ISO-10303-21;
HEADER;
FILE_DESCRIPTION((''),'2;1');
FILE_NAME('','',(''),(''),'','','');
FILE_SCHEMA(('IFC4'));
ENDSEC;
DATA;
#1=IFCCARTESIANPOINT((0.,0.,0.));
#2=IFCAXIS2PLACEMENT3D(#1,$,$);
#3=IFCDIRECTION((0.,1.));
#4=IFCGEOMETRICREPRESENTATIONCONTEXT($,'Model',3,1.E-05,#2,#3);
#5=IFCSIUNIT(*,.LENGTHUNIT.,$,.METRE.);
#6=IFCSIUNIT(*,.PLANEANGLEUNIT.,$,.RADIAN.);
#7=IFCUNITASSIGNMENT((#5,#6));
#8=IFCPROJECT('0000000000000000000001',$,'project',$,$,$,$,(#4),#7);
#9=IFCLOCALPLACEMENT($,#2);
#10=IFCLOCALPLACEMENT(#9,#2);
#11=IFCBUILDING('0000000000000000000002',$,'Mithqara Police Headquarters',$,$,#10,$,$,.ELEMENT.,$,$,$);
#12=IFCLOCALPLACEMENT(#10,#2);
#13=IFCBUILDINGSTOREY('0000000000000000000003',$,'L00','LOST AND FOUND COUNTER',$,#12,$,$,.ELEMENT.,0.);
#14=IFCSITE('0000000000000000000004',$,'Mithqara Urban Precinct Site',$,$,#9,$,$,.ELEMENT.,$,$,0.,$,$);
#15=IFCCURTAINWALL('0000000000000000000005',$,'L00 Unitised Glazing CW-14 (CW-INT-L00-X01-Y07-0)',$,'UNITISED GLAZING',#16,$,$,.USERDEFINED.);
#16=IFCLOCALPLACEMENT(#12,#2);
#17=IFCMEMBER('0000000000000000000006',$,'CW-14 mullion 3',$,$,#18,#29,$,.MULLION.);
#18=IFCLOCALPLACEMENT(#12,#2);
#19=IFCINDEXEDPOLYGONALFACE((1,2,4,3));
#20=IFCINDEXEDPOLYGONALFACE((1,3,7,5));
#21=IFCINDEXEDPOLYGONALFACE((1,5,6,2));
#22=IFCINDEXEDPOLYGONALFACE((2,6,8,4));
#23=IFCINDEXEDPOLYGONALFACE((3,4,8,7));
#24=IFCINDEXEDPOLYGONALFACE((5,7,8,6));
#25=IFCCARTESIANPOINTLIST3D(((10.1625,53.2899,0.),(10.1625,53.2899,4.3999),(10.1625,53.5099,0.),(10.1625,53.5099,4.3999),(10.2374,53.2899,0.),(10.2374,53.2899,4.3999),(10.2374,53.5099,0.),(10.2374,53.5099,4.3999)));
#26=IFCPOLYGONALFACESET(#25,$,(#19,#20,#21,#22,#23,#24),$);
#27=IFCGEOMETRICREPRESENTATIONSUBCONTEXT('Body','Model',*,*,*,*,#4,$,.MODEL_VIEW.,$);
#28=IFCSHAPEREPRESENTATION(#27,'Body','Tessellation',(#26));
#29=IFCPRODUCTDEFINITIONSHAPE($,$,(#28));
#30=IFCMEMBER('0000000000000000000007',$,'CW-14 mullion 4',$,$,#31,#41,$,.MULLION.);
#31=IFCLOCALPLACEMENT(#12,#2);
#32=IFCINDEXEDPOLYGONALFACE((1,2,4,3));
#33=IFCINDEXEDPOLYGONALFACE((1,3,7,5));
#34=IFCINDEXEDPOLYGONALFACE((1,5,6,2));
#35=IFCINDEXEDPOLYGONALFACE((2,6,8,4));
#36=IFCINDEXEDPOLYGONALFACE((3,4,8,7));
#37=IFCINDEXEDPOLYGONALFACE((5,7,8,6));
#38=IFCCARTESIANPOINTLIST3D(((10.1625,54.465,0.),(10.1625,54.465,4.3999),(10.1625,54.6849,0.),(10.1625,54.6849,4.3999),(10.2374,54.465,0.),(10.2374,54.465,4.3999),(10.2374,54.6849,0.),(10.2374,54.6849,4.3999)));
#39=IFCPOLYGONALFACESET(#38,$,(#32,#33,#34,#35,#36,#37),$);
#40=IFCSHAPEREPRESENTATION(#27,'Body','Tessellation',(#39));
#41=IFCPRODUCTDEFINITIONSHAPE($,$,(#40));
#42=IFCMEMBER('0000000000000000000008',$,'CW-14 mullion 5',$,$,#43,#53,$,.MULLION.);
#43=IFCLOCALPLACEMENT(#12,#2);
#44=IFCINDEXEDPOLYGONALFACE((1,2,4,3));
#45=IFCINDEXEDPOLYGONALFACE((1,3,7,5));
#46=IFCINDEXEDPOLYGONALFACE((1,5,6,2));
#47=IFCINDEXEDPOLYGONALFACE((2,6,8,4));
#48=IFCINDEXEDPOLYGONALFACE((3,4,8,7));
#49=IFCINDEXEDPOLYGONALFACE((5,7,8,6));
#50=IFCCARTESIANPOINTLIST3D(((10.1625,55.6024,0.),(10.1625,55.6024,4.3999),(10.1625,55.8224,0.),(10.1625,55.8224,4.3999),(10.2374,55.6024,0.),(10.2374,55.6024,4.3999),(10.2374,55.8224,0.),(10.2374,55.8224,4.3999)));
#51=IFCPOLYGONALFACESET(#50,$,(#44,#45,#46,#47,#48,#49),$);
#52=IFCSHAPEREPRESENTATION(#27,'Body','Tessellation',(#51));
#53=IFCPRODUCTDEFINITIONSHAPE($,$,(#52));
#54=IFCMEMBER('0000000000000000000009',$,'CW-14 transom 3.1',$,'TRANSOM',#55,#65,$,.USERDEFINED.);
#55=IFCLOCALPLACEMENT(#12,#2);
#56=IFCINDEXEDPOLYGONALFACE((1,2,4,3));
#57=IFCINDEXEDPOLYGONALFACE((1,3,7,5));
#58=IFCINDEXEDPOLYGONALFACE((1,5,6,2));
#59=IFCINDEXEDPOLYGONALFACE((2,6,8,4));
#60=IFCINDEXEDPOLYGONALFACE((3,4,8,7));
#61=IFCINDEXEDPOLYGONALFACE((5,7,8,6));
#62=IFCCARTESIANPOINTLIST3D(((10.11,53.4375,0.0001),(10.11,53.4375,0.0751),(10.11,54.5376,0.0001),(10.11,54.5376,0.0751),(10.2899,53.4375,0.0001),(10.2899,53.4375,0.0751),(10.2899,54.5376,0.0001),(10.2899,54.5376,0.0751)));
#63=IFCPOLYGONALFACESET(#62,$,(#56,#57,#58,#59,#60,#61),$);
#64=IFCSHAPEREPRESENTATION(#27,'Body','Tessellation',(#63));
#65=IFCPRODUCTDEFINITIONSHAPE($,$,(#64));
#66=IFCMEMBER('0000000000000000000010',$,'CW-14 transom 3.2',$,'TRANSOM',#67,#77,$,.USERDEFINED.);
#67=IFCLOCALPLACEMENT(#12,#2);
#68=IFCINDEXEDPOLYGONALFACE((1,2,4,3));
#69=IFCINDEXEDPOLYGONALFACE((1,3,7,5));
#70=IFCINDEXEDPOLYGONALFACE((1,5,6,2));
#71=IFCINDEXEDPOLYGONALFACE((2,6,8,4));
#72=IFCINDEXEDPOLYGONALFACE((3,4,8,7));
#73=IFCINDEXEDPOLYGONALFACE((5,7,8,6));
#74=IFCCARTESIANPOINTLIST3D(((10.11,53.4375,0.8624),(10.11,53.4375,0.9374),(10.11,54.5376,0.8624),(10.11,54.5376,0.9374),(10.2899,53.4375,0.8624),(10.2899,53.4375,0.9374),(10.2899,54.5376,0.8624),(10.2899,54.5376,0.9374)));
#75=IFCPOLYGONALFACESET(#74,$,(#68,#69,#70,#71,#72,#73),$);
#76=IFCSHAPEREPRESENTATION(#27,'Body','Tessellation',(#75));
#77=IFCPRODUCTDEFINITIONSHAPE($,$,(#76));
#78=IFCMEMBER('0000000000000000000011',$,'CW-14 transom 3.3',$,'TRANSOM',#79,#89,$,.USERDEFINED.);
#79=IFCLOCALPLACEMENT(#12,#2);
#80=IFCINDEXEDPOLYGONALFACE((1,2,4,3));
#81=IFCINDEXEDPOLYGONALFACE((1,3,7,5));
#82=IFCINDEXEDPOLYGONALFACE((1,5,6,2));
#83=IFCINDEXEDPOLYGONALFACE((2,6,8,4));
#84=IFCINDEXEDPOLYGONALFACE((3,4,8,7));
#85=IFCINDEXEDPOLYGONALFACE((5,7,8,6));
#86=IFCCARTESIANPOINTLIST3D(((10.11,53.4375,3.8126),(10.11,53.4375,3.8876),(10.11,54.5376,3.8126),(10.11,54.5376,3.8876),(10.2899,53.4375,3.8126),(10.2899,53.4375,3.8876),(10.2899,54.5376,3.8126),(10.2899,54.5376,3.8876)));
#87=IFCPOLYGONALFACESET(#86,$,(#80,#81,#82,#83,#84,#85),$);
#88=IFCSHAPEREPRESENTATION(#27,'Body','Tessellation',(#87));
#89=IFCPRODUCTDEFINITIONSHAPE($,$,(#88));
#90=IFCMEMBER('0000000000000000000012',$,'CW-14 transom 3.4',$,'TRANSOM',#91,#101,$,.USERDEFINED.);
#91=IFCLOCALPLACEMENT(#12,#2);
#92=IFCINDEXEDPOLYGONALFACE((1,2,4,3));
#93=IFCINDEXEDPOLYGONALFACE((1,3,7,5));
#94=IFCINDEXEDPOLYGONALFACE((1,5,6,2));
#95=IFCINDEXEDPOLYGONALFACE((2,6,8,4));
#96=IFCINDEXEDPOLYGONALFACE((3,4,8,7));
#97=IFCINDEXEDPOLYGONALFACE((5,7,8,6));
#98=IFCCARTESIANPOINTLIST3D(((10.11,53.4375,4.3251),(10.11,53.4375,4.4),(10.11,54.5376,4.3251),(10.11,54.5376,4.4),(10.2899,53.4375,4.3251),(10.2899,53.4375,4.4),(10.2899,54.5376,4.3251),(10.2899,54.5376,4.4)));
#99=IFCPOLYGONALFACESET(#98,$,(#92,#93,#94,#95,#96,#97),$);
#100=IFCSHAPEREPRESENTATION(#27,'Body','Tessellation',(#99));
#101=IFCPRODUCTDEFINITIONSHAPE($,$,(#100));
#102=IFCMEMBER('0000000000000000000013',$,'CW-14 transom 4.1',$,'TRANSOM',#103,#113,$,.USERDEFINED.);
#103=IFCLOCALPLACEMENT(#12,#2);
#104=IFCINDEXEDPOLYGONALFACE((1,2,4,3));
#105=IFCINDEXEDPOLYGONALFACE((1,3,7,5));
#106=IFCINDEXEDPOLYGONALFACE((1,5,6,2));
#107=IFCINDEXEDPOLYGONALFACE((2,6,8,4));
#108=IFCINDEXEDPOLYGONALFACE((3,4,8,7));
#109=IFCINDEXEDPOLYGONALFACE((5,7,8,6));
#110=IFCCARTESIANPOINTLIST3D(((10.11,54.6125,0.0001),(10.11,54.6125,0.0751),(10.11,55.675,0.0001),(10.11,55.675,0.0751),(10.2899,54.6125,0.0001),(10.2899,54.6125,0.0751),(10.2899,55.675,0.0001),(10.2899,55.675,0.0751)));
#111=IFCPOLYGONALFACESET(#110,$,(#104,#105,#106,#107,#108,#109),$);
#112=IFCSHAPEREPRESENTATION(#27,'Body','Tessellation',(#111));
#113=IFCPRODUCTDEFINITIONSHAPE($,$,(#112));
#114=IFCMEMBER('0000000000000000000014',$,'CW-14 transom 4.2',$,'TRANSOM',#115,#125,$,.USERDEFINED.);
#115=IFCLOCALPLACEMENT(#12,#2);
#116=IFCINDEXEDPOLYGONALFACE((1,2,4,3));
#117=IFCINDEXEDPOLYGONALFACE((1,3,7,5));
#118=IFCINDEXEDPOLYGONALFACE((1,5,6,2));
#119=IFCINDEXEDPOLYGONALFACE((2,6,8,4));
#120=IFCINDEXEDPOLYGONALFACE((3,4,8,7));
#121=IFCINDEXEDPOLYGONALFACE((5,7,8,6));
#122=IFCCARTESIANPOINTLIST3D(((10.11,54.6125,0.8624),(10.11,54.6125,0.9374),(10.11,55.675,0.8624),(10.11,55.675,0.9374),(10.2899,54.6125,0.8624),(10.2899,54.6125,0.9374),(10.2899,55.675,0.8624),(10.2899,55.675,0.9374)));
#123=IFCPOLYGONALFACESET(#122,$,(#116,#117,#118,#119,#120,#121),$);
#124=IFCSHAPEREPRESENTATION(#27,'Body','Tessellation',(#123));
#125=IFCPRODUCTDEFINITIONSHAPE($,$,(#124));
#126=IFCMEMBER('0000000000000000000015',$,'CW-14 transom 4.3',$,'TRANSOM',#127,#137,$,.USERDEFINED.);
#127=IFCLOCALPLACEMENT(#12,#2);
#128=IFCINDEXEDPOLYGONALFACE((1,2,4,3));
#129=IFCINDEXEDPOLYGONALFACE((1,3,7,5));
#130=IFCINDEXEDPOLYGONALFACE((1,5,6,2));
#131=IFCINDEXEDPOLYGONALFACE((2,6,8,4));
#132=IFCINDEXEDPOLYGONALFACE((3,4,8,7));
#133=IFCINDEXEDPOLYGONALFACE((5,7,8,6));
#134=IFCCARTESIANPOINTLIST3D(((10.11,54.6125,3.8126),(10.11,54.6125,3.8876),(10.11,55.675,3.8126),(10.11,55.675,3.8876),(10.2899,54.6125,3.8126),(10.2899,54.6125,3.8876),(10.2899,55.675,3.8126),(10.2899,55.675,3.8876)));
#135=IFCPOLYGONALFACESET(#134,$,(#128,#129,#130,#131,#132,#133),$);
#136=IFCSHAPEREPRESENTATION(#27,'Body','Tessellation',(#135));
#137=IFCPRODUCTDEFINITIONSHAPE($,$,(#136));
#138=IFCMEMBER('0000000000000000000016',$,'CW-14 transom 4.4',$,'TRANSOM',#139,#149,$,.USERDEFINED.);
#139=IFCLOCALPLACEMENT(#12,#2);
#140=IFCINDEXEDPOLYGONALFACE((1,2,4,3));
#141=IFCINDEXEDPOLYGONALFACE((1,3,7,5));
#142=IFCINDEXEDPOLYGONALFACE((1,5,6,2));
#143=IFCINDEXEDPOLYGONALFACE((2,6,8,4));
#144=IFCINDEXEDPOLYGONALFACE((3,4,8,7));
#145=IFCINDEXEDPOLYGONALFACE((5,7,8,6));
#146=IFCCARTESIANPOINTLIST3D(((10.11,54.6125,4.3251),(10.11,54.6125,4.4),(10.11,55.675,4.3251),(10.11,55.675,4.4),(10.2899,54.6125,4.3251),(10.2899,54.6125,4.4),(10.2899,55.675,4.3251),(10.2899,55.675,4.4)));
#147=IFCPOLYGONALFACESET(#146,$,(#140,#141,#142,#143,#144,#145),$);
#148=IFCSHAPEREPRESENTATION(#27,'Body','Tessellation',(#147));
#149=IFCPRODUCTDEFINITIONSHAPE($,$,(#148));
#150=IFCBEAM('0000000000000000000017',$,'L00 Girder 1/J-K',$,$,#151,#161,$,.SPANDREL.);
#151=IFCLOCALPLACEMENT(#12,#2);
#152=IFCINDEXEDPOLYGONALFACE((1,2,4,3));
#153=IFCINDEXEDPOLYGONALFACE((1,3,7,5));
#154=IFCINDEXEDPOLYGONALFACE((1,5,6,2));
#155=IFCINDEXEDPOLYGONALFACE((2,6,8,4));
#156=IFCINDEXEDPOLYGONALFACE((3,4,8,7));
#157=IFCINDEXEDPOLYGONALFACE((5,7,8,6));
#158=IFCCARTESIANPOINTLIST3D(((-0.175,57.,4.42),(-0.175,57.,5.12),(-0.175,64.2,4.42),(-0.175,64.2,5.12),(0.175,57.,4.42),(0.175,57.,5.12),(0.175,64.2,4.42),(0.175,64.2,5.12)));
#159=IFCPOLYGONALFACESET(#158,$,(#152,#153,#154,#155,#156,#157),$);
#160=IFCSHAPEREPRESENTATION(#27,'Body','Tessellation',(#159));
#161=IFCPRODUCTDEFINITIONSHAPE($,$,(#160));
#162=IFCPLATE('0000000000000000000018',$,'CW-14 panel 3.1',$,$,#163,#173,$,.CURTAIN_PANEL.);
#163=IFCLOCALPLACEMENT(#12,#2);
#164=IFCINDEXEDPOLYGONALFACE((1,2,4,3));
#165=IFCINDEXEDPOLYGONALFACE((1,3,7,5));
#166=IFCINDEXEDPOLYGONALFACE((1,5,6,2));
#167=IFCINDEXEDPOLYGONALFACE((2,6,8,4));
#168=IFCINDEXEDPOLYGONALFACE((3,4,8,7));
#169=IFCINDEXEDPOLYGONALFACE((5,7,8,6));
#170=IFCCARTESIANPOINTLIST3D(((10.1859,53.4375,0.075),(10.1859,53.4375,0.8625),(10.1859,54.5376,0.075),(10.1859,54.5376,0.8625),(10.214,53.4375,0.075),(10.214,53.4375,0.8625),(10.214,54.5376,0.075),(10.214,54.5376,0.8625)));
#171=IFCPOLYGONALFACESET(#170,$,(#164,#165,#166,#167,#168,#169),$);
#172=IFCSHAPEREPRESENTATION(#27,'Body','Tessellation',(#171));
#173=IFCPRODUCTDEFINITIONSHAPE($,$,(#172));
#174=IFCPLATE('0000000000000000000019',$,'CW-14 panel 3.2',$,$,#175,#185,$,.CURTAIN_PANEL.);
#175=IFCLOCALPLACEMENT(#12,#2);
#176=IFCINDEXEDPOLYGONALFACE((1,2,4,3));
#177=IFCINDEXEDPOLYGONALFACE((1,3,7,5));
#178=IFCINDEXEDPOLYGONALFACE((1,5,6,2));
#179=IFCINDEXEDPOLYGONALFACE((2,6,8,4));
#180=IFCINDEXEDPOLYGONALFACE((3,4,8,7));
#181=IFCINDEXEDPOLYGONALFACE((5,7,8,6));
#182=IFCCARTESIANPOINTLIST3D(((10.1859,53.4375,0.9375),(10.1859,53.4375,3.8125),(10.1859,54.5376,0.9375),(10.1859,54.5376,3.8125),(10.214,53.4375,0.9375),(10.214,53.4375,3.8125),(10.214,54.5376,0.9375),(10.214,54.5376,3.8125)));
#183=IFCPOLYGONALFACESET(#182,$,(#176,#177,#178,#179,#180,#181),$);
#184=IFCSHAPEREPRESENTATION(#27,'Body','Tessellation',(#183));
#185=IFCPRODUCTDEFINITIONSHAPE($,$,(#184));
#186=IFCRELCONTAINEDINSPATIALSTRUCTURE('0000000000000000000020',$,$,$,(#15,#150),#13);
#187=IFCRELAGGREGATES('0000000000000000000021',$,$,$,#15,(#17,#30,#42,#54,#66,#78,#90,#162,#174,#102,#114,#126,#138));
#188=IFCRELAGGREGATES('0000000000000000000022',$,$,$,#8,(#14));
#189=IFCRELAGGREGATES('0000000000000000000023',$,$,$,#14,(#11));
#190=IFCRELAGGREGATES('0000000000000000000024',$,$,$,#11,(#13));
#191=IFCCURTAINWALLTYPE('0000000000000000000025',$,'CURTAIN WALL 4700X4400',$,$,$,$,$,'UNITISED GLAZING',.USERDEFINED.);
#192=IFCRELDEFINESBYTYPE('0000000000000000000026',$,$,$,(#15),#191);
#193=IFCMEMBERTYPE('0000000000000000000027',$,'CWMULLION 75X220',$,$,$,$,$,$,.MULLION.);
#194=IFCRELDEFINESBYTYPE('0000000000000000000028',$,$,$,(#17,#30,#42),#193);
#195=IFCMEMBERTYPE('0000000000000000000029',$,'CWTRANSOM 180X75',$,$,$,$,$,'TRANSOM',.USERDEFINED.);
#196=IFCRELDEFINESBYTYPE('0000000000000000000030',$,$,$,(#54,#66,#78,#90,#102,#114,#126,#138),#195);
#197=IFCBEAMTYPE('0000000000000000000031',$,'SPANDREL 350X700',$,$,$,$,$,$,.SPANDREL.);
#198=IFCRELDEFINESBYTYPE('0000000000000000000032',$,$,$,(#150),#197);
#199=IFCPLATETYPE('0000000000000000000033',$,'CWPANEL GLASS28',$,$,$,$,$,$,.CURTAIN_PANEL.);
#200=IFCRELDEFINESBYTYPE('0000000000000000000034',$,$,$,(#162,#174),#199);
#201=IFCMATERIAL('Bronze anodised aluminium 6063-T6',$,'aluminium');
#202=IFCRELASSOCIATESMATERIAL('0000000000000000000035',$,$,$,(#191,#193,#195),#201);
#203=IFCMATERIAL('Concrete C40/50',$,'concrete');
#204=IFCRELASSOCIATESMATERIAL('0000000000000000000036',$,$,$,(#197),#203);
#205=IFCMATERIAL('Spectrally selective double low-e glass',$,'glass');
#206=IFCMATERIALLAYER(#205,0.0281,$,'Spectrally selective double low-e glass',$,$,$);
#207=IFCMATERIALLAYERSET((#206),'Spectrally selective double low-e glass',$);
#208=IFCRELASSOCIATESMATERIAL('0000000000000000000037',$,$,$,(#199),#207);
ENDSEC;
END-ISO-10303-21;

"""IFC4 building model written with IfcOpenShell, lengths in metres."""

from ifc_helpers import new_model, si_unit, direction, frame, origin, origin_2d, place, context, subcontext, project, spatial, rectangle, extrude, material, layer, layer_set, material_profile, profile_set, type_object, element, aggregate, save


model = new_model("IFC4")

# Units and contexts
model_context = context("Model", 3, precision=1e-05, world=origin(), true_north=direction((0.0, 1.0)))
body_context = subcontext(model_context, "Body", "Model", "MODEL_VIEW")
ifc_project = project(units=[si_unit("LENGTHUNIT", "METRE"), si_unit("PLANEANGLEUNIT", "RADIAN")], contexts=[model_context])

# Site, building, storey
site_placement = place(None, origin())
site = spatial("IfcSite", under=ifc_project, at=site_placement, Name="Mithqara Urban Precinct Site", CompositionType="ELEMENT", RefElevation=0.0)
building_placement = place(site_placement, origin())
building = spatial("IfcBuilding", under=site, at=building_placement, Name="Mithqara Police Headquarters", CompositionType="ELEMENT")
storey_placement = place(building_placement, origin())
storey = spatial("IfcBuildingStorey", under=building, at=storey_placement, Name="L00", Description="LOST AND FOUND COUNTER", CompositionType="ELEMENT", Elevation=0.0)

# Shared definitions
ifc_material_1 = material(Name="Concrete C40/50", Category="concrete")

# Curtain wall, members
ifc_material_2 = material(Name="Bronze anodised aluminium 6063-T6", Category="aluminium")
curtain_wall_type = type_object("IfcCurtainWallType", Name="CURTAIN WALL 4700X4400", ElementType="UNITISED GLAZING", PredefinedType="USERDEFINED", material=ifc_material_2)
curtain_wall_placement = place(storey_placement, origin())
curtain_wall = element("IfcCurtainWall", 1, at=curtain_wall_placement, inside=storey, type_object=curtain_wall_type, Name="L00 Unitised Glazing CW-14 (CW-INT-L00-X01-Y07-0)", ObjectType="UNITISED GLAZING", PredefinedType="USERDEFINED")
ifc_material_profile_1 = material_profile(ifc_material_2, rectangle(XDim=0.075, YDim=0.22, at=origin_2d()), Name="CWM 75x220")
ifc_profile_set_1 = profile_set([ifc_material_profile_1], Name="Bronze anodised aluminium 6063-T6")
member_type_1 = type_object("IfcMemberType", Name="CWMULLION 75X220", PredefinedType="MULLION", material=ifc_profile_set_1)
member_1_placement = place(storey_placement, frame((10.2, 53.3999, 0.0), z_axis=(0.0, 0.0, 1.0), x_axis=(-1.0, 0.0, 0.0)))
member_1 = element("IfcMember", 2, at=member_1_placement, type_object=member_type_1, Name="CW-14 mullion 3", PredefinedType="MULLION", context=body_context, shape_type="SweptSolid", body=[
    extrude(rectangle(XDim=0.075, YDim=0.22, at=origin_2d()), origin(), (0.0, 0.0, 1.0), 4.3999),
])
member_2_placement = place(storey_placement, frame((10.2, 54.575, 0.0), z_axis=(0.0, 0.0, 1.0), x_axis=(-1.0, 0.0, 0.0)))
member_2 = element("IfcMember", 3, at=member_2_placement, type_object=member_type_1, Name="CW-14 mullion 4", PredefinedType="MULLION", context=body_context, shape_type="SweptSolid", body=[
    extrude(rectangle(XDim=0.075, YDim=0.22, at=origin_2d()), origin(), (0.0, 0.0, 1.0), 4.3999),
])
member_3_placement = place(storey_placement, frame((10.2, 55.7124, 0.0), z_axis=(0.0, 0.0, 1.0), x_axis=(-1.0, 0.0, 0.0)))
member_3 = element("IfcMember", 4, at=member_3_placement, type_object=member_type_1, Name="CW-14 mullion 5", PredefinedType="MULLION", context=body_context, shape_type="SweptSolid", body=[
    extrude(rectangle(XDim=0.075, YDim=0.22, at=origin_2d()), origin(), (0.0, 0.0, 1.0), 4.3999),
])
ifc_material_profile_2 = material_profile(ifc_material_2, rectangle(XDim=0.1799, YDim=0.075, at=origin_2d()), Name="CWT 180x75")
ifc_profile_set_2 = profile_set([ifc_material_profile_2], Name="Bronze anodised aluminium 6063-T6")
member_type_2 = type_object("IfcMemberType", Name="CWTRANSOM 180X75", ElementType="TRANSOM", PredefinedType="USERDEFINED", material=ifc_profile_set_2)
member_4_placement = place(storey_placement, frame((10.2, 53.4375, 0.0376), z_axis=(0.0, 1.0, 0.0), x_axis=(-1.0, 0.0, 0.0)))
member_4 = element("IfcMember", 5, at=member_4_placement, type_object=member_type_2, Name="CW-14 transom 3.1", ObjectType="TRANSOM", PredefinedType="USERDEFINED", context=body_context, shape_type="SweptSolid", body=[
    extrude(rectangle(XDim=0.1799, YDim=0.075, at=origin_2d()), origin(), (0.0, 0.0, 1.0), 1.1001),
])
member_5_placement = place(storey_placement, frame((10.2, 53.4375, 0.8999), z_axis=(0.0, 1.0, 0.0), x_axis=(-1.0, 0.0, 0.0)))
member_5 = element("IfcMember", 6, at=member_5_placement, type_object=member_type_2, Name="CW-14 transom 3.2", ObjectType="TRANSOM", PredefinedType="USERDEFINED", context=body_context, shape_type="SweptSolid", body=[
    extrude(rectangle(XDim=0.1799, YDim=0.075, at=origin_2d()), origin(), (0.0, 0.0, 1.0), 1.1001),
])
member_6_placement = place(storey_placement, frame((10.2, 53.4375, 3.8501), z_axis=(0.0, 1.0, 0.0), x_axis=(-1.0, 0.0, 0.0)))
member_6 = element("IfcMember", 7, at=member_6_placement, type_object=member_type_2, Name="CW-14 transom 3.3", ObjectType="TRANSOM", PredefinedType="USERDEFINED", context=body_context, shape_type="SweptSolid", body=[
    extrude(rectangle(XDim=0.1799, YDim=0.075, at=origin_2d()), origin(), (0.0, 0.0, 1.0), 1.1001),
])
member_7_placement = place(storey_placement, frame((10.2, 53.4375, 4.3625), z_axis=(0.0, 1.0, 0.0), x_axis=(-1.0, 0.0, 0.0)))
member_7 = element("IfcMember", 8, at=member_7_placement, type_object=member_type_2, Name="CW-14 transom 3.4", ObjectType="TRANSOM", PredefinedType="USERDEFINED", context=body_context, shape_type="SweptSolid", body=[
    extrude(rectangle(XDim=0.1799, YDim=0.075, at=origin_2d()), origin(), (0.0, 0.0, 1.0), 1.1001),
])
member_8_placement = place(storey_placement, frame((10.2, 54.6125, 0.0376), z_axis=(0.0, 1.0, 0.0), x_axis=(-1.0, 0.0, 0.0)))
member_8 = element("IfcMember", 9, at=member_8_placement, type_object=member_type_2, Name="CW-14 transom 4.1", ObjectType="TRANSOM", PredefinedType="USERDEFINED", context=body_context, shape_type="SweptSolid", body=[
    extrude(rectangle(XDim=0.1799, YDim=0.075, at=origin_2d()), origin(), (0.0, 0.0, 1.0), 1.0625),
])
member_9_placement = place(storey_placement, frame((10.2, 54.6125, 0.8999), z_axis=(0.0, 1.0, 0.0), x_axis=(-1.0, 0.0, 0.0)))
member_9 = element("IfcMember", 10, at=member_9_placement, type_object=member_type_2, Name="CW-14 transom 4.2", ObjectType="TRANSOM", PredefinedType="USERDEFINED", context=body_context, shape_type="SweptSolid", body=[
    extrude(rectangle(XDim=0.1799, YDim=0.075, at=origin_2d()), origin(), (0.0, 0.0, 1.0), 1.0625),
])
member_10_placement = place(storey_placement, frame((10.2, 54.6125, 3.8501), z_axis=(0.0, 1.0, 0.0), x_axis=(-1.0, 0.0, 0.0)))
member_10 = element("IfcMember", 11, at=member_10_placement, type_object=member_type_2, Name="CW-14 transom 4.3", ObjectType="TRANSOM", PredefinedType="USERDEFINED", context=body_context, shape_type="SweptSolid", body=[
    extrude(rectangle(XDim=0.1799, YDim=0.075, at=origin_2d()), origin(), (0.0, 0.0, 1.0), 1.0625),
])
member_11_placement = place(storey_placement, frame((10.2, 54.6125, 4.3625), z_axis=(0.0, 1.0, 0.0), x_axis=(-1.0, 0.0, 0.0)))
member_11 = element("IfcMember", 12, at=member_11_placement, type_object=member_type_2, Name="CW-14 transom 4.4", ObjectType="TRANSOM", PredefinedType="USERDEFINED", context=body_context, shape_type="SweptSolid", body=[
    extrude(rectangle(XDim=0.1799, YDim=0.075, at=origin_2d()), origin(), (0.0, 0.0, 1.0), 1.0625),
])

# Beam
ifc_material_profile_3 = material_profile(ifc_material_1, rectangle(XDim=0.3501, YDim=0.7, at=origin_2d()), Name="SPB 350x700")
ifc_profile_set_3 = profile_set([ifc_material_profile_3], Name="Concrete C40/50")
beam_type_1 = type_object("IfcBeamType", Name="SPANDREL 350X700", PredefinedType="SPANDREL", material=ifc_profile_set_3)
beam_1_placement = place(storey_placement, frame((0.0, 57.0, 4.77), z_axis=(0.0, 1.0, 0.0), x_axis=(-1.0, 0.0, 0.0)))
element("IfcBeam", 13, at=beam_1_placement, inside=storey, type_object=beam_type_1, Name="L00 Girder 1/J-K", PredefinedType="SPANDREL", context=body_context, shape_type="SweptSolid", body=[
    extrude(rectangle(XDim=0.3501, YDim=0.7, at=origin_2d()), origin(), (0.0, 0.0, 1.0), 7.2),
])

# Plates
ifc_material_3 = material(Name="Spectrally selective double low-e glass", Category="glass")
ifc_layer_1 = layer(ifc_material_3, 0.0281, Name="Spectrally selective double low-e glass")
ifc_layer_set_1 = layer_set([ifc_layer_1], Name="Spectrally selective double low-e glass")
plate_type = type_object("IfcPlateType", Name="CWPANEL GLASS28", PredefinedType="CURTAIN_PANEL", material=ifc_layer_set_1)
plate_1_placement = place(storey_placement, frame((10.2, 53.9875, 0.075), z_axis=(0.0, 0.0, 1.0), x_axis=(0.0, 1.0, 0.0)))
plate_1 = element("IfcPlate", 14, at=plate_1_placement, type_object=plate_type, Name="CW-14 panel 3.1", PredefinedType="CURTAIN_PANEL", context=body_context, shape_type="SweptSolid", body=[
    extrude(rectangle(XDim=1.1001, YDim=0.0281, at=origin_2d()), origin(), (0.0, 0.0, 1.0), 0.7876),
])
plate_2_placement = place(storey_placement, frame((10.2, 53.9875, 0.9375), z_axis=(0.0, 0.0, 1.0), x_axis=(0.0, 1.0, 0.0)))
plate_2 = element("IfcPlate", 15, at=plate_2_placement, type_object=plate_type, Name="CW-14 panel 3.2", PredefinedType="CURTAIN_PANEL", context=body_context, shape_type="SweptSolid", body=[
    extrude(rectangle(XDim=1.1001, YDim=0.0281, at=origin_2d()), origin(), (0.0, 0.0, 1.0), 2.875),
])
aggregate(curtain_wall, [member_1, member_2, member_3, member_4, member_5, member_6, member_7, plate_1, plate_2, member_8, member_9, member_10, member_11])

save(model, "model.ifc")
